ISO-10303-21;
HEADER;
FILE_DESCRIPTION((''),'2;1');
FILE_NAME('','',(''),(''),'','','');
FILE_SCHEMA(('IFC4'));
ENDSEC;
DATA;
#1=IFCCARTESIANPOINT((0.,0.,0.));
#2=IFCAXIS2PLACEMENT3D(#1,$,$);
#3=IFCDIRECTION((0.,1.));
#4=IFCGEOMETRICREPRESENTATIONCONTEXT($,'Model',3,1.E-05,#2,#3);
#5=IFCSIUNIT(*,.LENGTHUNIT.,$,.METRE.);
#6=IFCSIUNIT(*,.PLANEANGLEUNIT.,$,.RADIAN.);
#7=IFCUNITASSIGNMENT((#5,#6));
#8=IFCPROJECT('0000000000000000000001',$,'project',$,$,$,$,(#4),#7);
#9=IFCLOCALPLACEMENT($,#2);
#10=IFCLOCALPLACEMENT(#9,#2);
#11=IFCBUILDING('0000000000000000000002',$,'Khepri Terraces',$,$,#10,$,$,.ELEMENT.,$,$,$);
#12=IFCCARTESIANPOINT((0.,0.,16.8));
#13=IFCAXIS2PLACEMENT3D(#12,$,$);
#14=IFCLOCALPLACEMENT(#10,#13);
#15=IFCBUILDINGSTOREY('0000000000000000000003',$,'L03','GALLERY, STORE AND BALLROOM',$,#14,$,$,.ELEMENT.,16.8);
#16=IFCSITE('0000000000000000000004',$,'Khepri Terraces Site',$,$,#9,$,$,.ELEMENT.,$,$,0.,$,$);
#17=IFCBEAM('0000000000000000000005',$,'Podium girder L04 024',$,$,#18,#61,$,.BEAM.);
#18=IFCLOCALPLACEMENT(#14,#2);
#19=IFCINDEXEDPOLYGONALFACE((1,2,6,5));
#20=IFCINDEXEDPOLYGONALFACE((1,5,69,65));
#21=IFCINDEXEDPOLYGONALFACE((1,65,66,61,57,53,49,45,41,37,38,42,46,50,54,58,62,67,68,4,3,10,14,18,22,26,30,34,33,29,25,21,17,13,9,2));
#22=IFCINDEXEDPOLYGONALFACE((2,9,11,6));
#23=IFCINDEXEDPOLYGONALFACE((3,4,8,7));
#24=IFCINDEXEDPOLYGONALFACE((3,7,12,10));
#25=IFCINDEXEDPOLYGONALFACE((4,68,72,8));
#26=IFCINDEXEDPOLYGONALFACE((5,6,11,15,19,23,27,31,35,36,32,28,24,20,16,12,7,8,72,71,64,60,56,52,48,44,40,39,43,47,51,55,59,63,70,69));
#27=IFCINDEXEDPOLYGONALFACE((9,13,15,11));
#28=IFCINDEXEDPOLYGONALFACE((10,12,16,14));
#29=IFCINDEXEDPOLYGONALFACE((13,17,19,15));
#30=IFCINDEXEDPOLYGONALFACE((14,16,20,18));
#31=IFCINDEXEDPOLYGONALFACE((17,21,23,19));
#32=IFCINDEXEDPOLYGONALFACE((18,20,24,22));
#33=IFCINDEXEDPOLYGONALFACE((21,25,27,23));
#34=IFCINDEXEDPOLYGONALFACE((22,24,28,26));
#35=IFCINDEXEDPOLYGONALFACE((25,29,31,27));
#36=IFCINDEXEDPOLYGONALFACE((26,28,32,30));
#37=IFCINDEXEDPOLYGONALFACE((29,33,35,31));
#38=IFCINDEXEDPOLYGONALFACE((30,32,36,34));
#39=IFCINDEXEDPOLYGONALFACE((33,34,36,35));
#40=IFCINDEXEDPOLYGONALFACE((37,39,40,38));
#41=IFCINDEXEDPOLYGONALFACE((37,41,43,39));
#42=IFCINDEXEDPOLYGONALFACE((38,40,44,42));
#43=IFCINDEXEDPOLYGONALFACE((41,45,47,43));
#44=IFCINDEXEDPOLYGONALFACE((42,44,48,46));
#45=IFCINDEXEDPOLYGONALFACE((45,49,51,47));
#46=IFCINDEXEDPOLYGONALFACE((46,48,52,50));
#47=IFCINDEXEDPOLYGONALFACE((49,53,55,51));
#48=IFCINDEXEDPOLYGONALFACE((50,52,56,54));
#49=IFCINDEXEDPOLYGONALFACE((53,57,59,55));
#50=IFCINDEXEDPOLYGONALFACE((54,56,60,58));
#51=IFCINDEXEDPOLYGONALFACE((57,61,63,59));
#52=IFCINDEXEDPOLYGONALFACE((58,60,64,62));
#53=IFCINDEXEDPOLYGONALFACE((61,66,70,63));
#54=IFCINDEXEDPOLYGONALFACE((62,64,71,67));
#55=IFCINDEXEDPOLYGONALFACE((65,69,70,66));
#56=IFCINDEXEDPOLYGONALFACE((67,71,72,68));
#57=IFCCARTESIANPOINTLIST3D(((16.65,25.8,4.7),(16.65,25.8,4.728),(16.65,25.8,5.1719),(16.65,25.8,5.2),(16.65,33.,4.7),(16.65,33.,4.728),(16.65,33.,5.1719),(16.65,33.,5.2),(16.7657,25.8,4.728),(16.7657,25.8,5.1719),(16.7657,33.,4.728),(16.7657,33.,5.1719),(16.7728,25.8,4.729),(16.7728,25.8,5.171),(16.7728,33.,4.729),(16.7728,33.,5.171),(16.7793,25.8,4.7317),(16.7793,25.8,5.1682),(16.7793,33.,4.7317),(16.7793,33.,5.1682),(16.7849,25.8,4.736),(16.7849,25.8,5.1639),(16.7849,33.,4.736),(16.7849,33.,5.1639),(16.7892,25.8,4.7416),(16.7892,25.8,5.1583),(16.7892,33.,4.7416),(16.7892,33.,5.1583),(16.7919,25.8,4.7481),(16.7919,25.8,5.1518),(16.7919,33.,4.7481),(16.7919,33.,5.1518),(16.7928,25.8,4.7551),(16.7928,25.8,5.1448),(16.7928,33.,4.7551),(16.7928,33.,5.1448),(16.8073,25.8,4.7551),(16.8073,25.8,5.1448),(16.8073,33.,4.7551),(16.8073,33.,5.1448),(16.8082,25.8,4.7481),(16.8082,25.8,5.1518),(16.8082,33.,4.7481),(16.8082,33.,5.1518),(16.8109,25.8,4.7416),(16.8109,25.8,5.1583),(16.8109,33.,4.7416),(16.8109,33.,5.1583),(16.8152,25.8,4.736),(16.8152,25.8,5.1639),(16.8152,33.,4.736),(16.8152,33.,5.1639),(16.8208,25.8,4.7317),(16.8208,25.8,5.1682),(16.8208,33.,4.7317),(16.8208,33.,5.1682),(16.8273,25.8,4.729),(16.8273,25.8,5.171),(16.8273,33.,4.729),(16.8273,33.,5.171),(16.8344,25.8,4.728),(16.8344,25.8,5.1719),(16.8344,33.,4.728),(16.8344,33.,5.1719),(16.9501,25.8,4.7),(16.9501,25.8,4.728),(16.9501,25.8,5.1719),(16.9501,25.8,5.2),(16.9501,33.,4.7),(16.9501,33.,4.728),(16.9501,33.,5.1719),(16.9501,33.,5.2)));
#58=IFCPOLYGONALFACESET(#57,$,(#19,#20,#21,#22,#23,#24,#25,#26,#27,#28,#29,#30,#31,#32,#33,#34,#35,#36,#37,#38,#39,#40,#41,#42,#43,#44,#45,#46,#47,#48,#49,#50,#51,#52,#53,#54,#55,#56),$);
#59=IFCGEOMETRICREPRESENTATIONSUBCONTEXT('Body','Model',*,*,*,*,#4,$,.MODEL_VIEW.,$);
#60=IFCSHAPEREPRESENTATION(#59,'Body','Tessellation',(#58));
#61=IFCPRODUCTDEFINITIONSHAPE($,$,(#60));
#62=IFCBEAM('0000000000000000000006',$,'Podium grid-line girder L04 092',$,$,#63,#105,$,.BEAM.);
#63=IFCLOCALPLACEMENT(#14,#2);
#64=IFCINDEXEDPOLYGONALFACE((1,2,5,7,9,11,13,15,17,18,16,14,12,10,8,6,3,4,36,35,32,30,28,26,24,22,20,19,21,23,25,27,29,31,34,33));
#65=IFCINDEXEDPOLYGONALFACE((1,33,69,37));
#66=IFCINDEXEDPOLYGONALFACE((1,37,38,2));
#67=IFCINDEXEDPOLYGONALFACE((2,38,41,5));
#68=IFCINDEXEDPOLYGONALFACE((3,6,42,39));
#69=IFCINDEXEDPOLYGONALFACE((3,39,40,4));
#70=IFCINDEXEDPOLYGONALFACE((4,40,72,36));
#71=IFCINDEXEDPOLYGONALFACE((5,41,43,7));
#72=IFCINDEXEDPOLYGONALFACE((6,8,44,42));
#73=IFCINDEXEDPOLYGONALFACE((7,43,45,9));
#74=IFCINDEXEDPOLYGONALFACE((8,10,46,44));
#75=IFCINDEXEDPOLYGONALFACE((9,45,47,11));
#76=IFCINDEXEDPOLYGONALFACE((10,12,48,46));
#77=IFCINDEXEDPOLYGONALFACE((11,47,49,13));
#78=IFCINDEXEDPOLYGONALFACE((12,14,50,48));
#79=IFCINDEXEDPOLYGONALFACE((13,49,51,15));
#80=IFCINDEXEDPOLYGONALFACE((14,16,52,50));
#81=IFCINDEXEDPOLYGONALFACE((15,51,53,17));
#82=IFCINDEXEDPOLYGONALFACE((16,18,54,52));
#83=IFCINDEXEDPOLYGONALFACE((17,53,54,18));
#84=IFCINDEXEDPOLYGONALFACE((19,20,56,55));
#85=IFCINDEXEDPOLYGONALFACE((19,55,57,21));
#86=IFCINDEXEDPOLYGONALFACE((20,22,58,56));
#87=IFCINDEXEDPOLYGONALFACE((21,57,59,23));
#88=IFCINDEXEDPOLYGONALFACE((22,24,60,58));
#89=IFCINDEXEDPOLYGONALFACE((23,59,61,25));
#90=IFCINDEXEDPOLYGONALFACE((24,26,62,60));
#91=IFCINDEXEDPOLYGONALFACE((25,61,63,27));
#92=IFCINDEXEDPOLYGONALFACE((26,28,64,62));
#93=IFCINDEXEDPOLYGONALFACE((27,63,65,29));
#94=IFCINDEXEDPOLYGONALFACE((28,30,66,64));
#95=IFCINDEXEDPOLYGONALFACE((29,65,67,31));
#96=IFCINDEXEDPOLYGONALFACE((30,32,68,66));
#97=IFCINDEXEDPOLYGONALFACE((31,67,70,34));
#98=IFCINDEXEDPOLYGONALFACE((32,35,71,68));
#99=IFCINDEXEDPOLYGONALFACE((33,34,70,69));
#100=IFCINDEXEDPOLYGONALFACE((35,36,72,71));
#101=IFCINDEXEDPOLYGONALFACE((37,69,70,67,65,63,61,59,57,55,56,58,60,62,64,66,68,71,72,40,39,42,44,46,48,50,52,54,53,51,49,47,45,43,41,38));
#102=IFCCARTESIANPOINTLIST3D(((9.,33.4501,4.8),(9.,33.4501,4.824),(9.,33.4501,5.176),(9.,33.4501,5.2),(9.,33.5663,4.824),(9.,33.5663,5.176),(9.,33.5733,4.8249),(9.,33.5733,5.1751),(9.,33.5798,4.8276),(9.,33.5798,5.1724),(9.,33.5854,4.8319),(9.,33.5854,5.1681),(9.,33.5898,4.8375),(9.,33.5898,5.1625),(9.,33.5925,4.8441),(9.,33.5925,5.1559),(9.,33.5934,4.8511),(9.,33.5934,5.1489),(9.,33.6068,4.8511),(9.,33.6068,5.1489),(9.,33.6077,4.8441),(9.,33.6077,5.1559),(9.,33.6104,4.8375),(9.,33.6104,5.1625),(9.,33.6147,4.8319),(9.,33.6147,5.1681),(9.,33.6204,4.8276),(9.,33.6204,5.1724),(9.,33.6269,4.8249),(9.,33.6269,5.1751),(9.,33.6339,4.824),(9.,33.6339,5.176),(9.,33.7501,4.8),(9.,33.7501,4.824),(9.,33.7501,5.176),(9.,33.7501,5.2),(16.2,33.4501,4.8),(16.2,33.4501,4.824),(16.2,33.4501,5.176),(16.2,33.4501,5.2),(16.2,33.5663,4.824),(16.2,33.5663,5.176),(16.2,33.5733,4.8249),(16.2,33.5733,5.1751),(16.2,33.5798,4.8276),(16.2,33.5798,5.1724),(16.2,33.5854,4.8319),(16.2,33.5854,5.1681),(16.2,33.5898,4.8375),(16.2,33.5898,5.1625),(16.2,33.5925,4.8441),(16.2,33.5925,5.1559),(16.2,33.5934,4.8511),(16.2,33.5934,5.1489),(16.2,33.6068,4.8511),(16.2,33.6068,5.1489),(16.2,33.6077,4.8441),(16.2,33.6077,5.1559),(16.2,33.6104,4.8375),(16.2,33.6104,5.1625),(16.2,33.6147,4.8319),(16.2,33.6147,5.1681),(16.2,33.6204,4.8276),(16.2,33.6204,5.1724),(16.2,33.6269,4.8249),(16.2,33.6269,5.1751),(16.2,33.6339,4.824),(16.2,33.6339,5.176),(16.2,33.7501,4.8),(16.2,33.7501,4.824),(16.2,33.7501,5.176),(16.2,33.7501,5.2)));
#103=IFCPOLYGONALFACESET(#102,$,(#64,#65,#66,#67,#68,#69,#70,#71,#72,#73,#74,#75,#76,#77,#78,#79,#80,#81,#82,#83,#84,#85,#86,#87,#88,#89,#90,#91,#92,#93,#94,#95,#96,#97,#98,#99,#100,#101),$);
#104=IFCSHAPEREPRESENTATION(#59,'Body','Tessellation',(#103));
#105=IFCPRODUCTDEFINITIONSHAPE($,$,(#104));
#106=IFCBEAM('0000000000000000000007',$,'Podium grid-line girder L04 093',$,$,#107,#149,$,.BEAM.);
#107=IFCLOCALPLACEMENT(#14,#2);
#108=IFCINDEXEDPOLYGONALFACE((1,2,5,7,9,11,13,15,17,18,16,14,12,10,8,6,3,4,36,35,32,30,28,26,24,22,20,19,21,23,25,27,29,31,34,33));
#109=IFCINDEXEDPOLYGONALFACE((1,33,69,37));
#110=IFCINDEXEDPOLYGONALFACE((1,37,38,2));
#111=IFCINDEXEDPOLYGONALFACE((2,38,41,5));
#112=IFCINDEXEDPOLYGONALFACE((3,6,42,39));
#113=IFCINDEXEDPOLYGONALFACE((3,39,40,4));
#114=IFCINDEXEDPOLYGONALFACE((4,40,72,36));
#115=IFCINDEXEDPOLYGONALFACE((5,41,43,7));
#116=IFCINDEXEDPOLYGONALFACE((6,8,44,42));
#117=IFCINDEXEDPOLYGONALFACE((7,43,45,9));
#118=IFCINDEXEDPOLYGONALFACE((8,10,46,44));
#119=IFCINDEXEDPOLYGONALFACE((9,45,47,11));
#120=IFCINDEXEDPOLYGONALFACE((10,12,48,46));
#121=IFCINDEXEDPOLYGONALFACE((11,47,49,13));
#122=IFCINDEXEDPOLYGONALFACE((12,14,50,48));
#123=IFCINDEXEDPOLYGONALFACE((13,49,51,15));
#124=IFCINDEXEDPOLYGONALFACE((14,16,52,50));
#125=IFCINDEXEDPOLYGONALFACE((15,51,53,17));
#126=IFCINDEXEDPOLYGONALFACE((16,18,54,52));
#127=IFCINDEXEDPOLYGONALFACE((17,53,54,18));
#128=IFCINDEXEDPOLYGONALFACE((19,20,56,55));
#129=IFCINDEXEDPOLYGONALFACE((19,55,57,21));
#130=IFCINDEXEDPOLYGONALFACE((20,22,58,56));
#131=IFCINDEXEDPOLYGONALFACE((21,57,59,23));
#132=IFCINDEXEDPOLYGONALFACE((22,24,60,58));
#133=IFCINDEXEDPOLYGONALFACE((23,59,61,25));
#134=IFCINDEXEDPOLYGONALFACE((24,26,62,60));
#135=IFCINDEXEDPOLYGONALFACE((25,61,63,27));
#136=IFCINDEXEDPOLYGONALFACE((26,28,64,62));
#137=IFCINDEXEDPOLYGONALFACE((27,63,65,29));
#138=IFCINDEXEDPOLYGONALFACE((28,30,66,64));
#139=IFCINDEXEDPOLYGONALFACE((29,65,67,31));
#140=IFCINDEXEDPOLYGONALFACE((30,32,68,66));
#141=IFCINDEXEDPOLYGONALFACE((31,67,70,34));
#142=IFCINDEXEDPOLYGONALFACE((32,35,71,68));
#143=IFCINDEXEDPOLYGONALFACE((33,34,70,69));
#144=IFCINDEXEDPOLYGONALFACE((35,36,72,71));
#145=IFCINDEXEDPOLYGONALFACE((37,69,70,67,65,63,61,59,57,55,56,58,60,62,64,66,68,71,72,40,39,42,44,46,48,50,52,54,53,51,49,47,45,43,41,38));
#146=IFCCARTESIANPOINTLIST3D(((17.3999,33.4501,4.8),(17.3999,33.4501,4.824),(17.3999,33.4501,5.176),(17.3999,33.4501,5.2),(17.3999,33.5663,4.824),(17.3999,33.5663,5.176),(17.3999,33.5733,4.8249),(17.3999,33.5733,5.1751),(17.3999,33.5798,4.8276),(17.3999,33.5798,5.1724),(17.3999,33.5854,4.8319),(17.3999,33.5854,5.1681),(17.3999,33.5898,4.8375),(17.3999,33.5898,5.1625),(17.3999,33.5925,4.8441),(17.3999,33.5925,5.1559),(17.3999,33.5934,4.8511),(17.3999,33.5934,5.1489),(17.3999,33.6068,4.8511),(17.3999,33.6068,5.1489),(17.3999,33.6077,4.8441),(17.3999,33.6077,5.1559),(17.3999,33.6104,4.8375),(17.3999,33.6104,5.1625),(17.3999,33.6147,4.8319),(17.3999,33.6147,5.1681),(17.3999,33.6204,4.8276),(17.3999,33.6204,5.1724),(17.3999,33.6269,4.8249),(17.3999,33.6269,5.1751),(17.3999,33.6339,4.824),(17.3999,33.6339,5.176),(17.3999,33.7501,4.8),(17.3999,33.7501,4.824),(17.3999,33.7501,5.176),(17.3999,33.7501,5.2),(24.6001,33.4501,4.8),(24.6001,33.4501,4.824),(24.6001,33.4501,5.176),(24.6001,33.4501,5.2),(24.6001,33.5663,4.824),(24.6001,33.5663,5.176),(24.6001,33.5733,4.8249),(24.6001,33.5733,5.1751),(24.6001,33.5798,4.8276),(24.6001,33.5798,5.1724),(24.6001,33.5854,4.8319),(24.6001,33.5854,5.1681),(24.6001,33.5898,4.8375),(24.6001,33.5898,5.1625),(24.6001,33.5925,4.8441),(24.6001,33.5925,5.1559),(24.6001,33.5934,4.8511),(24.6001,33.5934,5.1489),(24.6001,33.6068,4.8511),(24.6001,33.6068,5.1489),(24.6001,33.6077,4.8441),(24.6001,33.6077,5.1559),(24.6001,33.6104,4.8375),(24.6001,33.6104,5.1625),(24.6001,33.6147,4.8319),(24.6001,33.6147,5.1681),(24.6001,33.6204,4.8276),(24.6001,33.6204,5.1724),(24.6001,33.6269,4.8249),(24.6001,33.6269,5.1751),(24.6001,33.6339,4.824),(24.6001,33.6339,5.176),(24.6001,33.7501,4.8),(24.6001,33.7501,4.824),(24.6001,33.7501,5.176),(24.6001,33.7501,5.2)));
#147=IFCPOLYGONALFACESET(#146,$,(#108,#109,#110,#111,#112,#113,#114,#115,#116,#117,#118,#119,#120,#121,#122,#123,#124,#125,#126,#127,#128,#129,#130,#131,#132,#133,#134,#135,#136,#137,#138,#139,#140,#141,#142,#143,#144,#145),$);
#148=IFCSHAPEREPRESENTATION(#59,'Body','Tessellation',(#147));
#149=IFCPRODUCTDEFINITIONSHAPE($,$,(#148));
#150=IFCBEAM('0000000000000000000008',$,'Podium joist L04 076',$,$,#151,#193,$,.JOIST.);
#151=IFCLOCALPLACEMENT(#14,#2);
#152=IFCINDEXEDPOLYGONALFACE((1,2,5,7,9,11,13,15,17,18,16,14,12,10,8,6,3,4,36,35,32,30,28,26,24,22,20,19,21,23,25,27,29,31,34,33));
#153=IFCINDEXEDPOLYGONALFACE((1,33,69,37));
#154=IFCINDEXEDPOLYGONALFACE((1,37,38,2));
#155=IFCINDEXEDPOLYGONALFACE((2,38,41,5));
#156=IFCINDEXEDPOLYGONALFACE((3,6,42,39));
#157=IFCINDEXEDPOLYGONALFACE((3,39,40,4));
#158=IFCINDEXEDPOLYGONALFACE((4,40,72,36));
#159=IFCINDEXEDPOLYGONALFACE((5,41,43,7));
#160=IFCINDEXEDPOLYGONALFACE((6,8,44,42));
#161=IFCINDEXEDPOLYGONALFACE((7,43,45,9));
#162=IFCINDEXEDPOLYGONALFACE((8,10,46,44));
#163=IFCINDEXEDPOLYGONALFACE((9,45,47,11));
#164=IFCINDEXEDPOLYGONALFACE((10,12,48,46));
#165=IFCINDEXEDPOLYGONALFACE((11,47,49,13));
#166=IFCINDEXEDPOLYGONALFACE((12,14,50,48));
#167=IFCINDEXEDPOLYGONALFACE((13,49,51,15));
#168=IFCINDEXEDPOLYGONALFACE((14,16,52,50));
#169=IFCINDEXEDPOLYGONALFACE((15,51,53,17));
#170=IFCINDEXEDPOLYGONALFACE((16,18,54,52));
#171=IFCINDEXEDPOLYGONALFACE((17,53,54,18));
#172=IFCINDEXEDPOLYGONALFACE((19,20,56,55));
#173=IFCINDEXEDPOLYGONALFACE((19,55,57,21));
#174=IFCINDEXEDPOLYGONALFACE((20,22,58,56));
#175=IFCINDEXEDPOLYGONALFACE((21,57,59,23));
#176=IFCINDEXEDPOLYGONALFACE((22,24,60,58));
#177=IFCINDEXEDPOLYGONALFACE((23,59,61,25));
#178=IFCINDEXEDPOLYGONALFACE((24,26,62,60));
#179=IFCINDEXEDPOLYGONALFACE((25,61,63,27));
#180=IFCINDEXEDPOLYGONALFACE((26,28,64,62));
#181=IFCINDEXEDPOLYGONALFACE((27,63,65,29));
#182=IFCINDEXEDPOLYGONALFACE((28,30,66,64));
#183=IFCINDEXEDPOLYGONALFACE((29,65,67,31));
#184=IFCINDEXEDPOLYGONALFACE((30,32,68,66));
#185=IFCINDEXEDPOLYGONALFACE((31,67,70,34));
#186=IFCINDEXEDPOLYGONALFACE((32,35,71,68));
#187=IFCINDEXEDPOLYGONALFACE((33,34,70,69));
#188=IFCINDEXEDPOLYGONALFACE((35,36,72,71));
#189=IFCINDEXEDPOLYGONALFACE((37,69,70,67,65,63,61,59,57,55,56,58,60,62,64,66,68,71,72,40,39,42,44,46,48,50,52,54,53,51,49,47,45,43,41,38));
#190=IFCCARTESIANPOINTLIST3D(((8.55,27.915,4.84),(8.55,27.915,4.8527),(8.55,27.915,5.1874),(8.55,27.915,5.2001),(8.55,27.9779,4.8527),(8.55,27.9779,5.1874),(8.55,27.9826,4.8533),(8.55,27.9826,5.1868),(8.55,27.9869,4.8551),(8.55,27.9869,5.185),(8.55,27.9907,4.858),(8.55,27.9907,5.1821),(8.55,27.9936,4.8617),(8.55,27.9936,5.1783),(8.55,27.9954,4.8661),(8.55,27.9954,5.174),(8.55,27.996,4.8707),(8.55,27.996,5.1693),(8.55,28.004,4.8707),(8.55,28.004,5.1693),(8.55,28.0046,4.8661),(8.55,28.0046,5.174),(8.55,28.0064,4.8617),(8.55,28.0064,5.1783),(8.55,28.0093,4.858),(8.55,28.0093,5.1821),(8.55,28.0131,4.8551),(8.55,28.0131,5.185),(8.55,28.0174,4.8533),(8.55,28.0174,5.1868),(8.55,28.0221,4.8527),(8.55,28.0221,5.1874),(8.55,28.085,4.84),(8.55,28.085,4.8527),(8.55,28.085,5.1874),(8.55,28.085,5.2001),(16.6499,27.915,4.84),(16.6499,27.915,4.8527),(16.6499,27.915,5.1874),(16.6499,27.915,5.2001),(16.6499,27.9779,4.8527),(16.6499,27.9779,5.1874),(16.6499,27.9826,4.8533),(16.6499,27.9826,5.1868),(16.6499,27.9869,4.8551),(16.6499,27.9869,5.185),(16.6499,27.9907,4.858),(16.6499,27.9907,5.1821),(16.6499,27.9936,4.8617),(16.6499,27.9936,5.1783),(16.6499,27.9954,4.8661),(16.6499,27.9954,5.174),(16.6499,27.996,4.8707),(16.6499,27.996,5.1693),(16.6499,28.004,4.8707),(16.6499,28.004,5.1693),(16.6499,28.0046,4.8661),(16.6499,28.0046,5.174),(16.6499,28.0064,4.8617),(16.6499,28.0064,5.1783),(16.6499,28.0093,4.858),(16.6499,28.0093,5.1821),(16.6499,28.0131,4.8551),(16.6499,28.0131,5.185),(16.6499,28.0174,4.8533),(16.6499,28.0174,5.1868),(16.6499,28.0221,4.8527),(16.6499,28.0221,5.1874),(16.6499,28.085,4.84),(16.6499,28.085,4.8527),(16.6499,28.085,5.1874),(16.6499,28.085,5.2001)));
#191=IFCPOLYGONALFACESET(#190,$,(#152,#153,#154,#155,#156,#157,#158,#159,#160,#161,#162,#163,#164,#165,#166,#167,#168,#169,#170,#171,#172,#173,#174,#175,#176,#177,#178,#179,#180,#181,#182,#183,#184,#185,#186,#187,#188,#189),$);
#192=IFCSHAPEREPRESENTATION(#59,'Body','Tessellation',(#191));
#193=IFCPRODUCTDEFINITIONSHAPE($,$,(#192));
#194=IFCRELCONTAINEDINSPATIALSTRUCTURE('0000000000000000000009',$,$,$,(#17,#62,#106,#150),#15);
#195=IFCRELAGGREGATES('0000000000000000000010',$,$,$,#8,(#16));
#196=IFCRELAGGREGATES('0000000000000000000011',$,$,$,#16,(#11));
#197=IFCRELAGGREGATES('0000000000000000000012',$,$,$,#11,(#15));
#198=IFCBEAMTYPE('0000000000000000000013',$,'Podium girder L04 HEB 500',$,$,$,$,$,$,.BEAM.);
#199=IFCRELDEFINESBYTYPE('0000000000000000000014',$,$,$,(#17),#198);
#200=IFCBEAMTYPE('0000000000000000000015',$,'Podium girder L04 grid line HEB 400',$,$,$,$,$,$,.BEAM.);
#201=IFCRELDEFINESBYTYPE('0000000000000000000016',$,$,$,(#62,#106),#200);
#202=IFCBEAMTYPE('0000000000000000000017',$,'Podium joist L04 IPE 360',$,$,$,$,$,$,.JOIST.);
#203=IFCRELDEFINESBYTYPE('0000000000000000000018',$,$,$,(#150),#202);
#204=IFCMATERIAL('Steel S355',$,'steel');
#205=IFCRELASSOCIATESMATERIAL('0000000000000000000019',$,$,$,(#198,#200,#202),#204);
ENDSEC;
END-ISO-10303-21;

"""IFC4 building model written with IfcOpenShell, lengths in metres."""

from ifc_helpers import new_model, si_unit, direction, frame, origin, origin_2d, place, context, subcontext, project, spatial, i_section, extrude, material, material_profile, profile_set, type_object, element, save


model = new_model("IFC4")

# Units and contexts
model_context = context("Model", 3, precision=1e-05, world=origin(), true_north=direction((0.0, 1.0)))
body_context = subcontext(model_context, "Body", "Model", "MODEL_VIEW")
ifc_project = project(units=[si_unit("LENGTHUNIT", "METRE"), si_unit("PLANEANGLEUNIT", "RADIAN")], contexts=[model_context])

# Site, building, storey
site_placement = place(None, origin())
site = spatial("IfcSite", under=ifc_project, at=site_placement, Name="Khepri Terraces Site", CompositionType="ELEMENT", RefElevation=0.0)
building_placement = place(site_placement, origin())
building = spatial("IfcBuilding", under=site, at=building_placement, Name="Khepri Terraces", CompositionType="ELEMENT")
storey_placement = place(building_placement, frame((0.0, 0.0, 16.8)))
storey = spatial("IfcBuildingStorey", under=building, at=storey_placement, Name="L03", Description="GALLERY, STORE AND BALLROOM", CompositionType="ELEMENT", Elevation=16.8)

# Beams
ifc_material_1 = material(Name="Steel S355", Category="steel")
ifc_material_profile_1 = material_profile(ifc_material_1, i_section(OverallWidth=0.3, OverallDepth=0.5, WebThickness=0.0144, FlangeThickness=0.0281, FilletRadius=0.0271, at=origin_2d()), Name="Steel S355", Category="steel")
ifc_profile_set_1 = profile_set([ifc_material_profile_1], Name="Steel S355")
beam_type_1 = type_object("IfcBeamType", Name="Podium girder L04 HEB 500", PredefinedType="BEAM", material=ifc_profile_set_1)
beam_1_placement = place(storey_placement, frame((16.8, 25.8, 4.95), z_axis=(0.0, 1.0, 0.0), x_axis=(-1.0, 0.0, 0.0)))
element("IfcBeam", 1, at=beam_1_placement, inside=storey, type_object=beam_type_1, Name="Podium girder L04 024", PredefinedType="BEAM", context=body_context, shape_type="SweptSolid", body=[
    extrude(i_section(OverallWidth=0.3, OverallDepth=0.5, WebThickness=0.0144, FlangeThickness=0.0281, FilletRadius=0.0271, at=origin_2d()), origin(), (0.0, 0.0, 1.0), 7.2),
])
ifc_material_profile_2 = material_profile(ifc_material_1, i_section(OverallWidth=0.3, OverallDepth=0.3999, WebThickness=0.0134, FlangeThickness=0.0239, FilletRadius=0.0271, at=origin_2d()), Name="Steel S355", Category="steel")
ifc_profile_set_2 = profile_set([ifc_material_profile_2], Name="Steel S355")
beam_type_2 = type_object("IfcBeamType", Name="Podium girder L04 grid line HEB 400", PredefinedType="BEAM", material=ifc_profile_set_2)
beam_2_placement = place(storey_placement, frame((9.0, 33.6001, 5.0), z_axis=(1.0, 0.0, 0.0), x_axis=(0.0, 1.0, 0.0)))
element("IfcBeam", 2, at=beam_2_placement, inside=storey, type_object=beam_type_2, Name="Podium grid-line girder L04 092", PredefinedType="BEAM", context=body_context, shape_type="SweptSolid", body=[
    extrude(i_section(OverallWidth=0.3, OverallDepth=0.3999, WebThickness=0.0134, FlangeThickness=0.0239, FilletRadius=0.0271, at=origin_2d()), origin(), (0.0, 0.0, 1.0), 7.2),
])
beam_3_placement = place(storey_placement, frame((17.3999, 33.6001, 5.0), z_axis=(1.0, 0.0, 0.0), x_axis=(0.0, 1.0, 0.0)))
element("IfcBeam", 3, at=beam_3_placement, inside=storey, type_object=beam_type_2, Name="Podium grid-line girder L04 093", PredefinedType="BEAM", context=body_context, shape_type="SweptSolid", body=[
    extrude(i_section(OverallWidth=0.3, OverallDepth=0.3999, WebThickness=0.0134, FlangeThickness=0.0239, FilletRadius=0.0271, at=origin_2d()), origin(), (0.0, 0.0, 1.0), 7.2002),
])
ifc_material_profile_3 = material_profile(ifc_material_1, i_section(OverallWidth=0.1699, OverallDepth=0.3601, WebThickness=0.0081, FlangeThickness=0.0127, FilletRadius=0.0181, at=origin_2d()), Name="Steel S355", Category="steel")
ifc_profile_set_3 = profile_set([ifc_material_profile_3], Name="Steel S355")
beam_type_3 = type_object("IfcBeamType", Name="Podium joist L04 IPE 360", PredefinedType="JOIST", material=ifc_profile_set_3)
beam_4_placement = place(storey_placement, frame((8.55, 28.0, 5.02), z_axis=(1.0, 0.0, 0.0), x_axis=(0.0, 1.0, 0.0)))
element("IfcBeam", 4, at=beam_4_placement, inside=storey, type_object=beam_type_3, Name="Podium joist L04 076", PredefinedType="JOIST", context=body_context, shape_type="SweptSolid", body=[
    extrude(i_section(OverallWidth=0.1699, OverallDepth=0.3601, WebThickness=0.0081, FlangeThickness=0.0127, FilletRadius=0.0181, at=origin_2d()), origin(), (0.0, 0.0, 1.0), 8.0999),
])

save(model, "model.ifc")
